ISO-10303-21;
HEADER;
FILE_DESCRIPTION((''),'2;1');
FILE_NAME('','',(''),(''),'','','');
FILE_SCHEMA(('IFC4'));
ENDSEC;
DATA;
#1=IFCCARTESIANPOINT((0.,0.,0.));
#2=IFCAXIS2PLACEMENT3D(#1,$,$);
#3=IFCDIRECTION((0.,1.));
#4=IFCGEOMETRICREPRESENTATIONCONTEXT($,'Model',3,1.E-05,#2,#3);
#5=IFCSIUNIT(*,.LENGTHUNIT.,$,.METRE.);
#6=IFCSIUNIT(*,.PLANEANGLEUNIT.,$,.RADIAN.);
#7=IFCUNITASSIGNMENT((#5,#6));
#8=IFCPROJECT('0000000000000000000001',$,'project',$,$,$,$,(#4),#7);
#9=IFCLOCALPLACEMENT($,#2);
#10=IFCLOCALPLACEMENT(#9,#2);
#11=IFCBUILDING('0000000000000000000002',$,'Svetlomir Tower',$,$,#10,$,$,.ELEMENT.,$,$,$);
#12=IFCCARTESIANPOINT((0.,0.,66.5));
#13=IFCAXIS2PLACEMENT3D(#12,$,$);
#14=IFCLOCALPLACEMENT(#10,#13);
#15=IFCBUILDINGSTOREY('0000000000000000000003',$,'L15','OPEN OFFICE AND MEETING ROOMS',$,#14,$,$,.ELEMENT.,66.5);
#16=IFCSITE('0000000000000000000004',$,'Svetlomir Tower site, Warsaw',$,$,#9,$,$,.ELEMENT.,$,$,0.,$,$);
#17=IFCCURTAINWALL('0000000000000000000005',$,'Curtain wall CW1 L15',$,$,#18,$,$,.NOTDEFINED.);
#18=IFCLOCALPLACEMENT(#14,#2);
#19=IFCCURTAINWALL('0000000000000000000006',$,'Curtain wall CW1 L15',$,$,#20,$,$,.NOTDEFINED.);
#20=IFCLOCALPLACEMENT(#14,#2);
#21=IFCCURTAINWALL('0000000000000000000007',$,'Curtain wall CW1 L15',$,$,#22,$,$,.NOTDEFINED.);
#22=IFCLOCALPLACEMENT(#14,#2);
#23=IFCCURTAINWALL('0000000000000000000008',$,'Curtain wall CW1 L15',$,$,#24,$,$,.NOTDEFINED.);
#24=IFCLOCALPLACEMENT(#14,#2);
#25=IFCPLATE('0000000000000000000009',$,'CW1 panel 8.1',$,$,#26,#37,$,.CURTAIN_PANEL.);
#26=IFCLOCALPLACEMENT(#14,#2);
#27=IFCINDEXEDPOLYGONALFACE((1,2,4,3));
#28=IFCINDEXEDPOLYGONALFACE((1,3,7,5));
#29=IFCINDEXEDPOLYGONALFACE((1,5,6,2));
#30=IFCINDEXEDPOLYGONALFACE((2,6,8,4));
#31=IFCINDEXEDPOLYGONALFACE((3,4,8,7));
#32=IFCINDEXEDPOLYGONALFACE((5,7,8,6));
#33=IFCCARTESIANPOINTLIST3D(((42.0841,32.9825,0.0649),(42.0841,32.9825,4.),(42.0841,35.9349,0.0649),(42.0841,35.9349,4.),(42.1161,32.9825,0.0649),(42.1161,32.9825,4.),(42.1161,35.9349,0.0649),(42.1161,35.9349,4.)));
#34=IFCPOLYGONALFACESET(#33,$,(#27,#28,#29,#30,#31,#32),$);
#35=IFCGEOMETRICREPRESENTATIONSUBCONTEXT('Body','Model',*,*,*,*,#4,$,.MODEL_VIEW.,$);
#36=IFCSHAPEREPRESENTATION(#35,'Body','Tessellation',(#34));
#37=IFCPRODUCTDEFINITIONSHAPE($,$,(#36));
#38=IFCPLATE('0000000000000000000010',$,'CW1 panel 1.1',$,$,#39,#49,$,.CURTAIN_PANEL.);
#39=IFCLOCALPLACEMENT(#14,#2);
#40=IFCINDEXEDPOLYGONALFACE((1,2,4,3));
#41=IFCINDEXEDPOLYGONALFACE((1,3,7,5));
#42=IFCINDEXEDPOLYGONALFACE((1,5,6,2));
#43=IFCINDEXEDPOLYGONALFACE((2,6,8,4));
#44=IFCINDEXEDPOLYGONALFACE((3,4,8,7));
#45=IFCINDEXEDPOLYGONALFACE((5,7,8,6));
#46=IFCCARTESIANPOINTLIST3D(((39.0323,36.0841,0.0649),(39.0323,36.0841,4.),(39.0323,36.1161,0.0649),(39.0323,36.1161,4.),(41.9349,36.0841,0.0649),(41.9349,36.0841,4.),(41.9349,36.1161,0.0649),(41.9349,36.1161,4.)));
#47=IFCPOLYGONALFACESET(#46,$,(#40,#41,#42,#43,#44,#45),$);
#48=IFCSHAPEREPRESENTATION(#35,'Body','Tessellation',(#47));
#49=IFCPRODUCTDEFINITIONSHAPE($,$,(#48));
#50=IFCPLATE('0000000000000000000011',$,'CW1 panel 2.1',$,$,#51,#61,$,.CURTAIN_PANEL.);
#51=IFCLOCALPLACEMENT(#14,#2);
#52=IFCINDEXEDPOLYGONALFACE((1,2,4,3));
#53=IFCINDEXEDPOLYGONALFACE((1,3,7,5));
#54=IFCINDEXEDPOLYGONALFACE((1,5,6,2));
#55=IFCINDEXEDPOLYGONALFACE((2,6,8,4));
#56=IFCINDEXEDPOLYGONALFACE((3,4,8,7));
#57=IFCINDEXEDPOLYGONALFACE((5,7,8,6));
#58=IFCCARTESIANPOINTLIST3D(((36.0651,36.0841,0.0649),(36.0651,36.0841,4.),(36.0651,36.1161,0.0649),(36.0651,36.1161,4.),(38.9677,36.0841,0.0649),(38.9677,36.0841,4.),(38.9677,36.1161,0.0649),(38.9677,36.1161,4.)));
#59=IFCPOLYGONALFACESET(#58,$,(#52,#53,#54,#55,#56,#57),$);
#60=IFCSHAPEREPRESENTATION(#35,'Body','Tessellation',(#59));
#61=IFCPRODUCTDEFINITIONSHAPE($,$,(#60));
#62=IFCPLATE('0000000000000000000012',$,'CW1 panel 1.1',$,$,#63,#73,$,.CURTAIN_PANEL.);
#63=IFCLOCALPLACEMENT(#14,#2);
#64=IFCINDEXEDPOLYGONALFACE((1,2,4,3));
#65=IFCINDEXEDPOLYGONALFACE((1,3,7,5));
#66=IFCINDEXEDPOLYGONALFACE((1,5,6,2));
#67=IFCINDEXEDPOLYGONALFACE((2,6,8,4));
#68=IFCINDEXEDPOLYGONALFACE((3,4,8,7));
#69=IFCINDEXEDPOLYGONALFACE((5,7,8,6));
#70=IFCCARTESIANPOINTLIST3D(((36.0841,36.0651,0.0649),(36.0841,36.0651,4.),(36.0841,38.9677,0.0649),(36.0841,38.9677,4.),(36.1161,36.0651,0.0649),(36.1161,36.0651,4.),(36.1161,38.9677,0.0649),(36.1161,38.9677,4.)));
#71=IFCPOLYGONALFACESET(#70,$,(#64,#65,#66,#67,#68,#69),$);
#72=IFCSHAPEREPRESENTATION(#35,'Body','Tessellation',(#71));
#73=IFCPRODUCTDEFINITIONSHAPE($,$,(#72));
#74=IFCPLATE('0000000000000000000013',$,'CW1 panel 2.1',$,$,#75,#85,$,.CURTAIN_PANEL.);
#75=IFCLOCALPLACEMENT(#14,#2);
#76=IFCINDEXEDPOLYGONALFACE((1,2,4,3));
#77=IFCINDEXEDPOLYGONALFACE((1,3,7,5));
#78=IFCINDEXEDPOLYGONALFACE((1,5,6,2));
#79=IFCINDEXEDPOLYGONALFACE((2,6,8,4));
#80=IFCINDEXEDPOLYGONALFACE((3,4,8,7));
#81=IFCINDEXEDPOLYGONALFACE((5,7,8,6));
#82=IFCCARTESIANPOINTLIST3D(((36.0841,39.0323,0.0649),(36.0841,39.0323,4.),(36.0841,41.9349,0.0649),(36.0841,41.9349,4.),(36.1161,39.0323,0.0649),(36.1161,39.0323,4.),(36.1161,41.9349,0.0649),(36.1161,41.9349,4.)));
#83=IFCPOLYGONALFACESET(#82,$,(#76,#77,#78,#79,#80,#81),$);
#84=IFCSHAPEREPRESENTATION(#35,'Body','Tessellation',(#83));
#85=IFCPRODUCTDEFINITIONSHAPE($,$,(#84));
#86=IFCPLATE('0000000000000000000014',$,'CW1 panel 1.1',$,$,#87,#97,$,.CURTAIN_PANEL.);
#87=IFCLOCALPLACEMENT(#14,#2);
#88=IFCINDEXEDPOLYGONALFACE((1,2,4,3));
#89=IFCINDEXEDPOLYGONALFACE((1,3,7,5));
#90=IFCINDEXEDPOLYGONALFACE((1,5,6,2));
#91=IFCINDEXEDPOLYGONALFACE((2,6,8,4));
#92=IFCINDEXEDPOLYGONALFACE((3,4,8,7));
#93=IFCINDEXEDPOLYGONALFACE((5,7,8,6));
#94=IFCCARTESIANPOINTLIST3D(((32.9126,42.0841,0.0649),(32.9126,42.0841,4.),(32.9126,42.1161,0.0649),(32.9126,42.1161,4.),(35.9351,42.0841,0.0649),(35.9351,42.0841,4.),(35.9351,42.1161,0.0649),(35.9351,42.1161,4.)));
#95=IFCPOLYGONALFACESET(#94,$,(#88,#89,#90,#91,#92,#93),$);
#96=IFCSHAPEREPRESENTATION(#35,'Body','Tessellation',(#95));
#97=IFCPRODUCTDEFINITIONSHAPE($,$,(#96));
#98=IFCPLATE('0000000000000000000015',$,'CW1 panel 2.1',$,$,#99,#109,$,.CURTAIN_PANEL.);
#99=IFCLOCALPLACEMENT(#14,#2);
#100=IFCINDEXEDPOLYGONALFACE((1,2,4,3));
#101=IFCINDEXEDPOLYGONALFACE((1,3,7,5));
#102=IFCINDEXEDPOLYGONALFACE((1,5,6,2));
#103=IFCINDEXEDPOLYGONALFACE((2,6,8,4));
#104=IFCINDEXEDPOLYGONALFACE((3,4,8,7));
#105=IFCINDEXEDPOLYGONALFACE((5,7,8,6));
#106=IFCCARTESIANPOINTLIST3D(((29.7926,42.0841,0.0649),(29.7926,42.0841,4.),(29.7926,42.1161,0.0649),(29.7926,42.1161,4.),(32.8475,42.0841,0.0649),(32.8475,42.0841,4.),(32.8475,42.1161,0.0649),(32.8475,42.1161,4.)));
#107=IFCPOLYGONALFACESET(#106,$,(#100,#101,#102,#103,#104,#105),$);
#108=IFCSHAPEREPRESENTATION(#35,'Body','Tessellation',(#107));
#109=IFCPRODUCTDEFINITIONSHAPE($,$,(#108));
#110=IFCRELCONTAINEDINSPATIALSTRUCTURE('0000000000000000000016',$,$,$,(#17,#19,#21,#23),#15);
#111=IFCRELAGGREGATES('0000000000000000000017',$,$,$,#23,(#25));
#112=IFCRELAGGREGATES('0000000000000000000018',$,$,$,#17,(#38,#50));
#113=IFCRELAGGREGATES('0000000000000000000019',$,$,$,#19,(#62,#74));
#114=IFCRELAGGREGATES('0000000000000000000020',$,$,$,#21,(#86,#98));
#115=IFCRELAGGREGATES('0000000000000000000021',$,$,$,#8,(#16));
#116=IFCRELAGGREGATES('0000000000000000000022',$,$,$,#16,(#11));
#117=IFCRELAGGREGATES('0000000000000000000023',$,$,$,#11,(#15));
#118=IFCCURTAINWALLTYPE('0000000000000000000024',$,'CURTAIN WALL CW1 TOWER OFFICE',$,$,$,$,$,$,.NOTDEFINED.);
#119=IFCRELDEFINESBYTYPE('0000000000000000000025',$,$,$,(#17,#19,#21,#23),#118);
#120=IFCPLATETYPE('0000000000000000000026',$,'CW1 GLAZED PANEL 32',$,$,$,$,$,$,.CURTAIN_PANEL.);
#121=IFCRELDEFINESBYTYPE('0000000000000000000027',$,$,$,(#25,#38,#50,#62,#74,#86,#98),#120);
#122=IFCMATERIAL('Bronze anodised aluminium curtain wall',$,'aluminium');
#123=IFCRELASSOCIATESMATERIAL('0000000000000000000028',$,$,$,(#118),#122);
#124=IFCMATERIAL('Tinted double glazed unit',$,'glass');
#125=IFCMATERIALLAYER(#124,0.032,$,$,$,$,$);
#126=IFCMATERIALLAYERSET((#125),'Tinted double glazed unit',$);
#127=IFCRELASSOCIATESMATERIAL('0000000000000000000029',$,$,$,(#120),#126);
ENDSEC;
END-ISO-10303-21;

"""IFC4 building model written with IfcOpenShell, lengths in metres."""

from ifc_helpers import new_model, si_unit, direction, frame, origin, origin_2d, place, context, subcontext, project, spatial, rectangle, extrude, material, layer, layer_set, type_object, element, aggregate, save


model = new_model("IFC4")

# Units and contexts
model_context = context("Model", 3, precision=1e-05, world=origin(), true_north=direction((0.0, 1.0)))
body_context = subcontext(model_context, "Body", "Model", "MODEL_VIEW")
ifc_project = project(units=[si_unit("LENGTHUNIT", "METRE"), si_unit("PLANEANGLEUNIT", "RADIAN")], contexts=[model_context])

# Site, building, storey
site_placement = place(None, origin())
site = spatial("IfcSite", under=ifc_project, at=site_placement, Name="Svetlomir Tower site, Warsaw", CompositionType="ELEMENT", RefElevation=0.0)
building_placement = place(site_placement, origin())
building = spatial("IfcBuilding", under=site, at=building_placement, Name="Svetlomir Tower", CompositionType="ELEMENT")
storey_placement = place(building_placement, frame((0.0, 0.0, 66.5)))
storey = spatial("IfcBuildingStorey", under=building, at=storey_placement, Name="L15", Description="OPEN OFFICE AND MEETING ROOMS", CompositionType="ELEMENT", Elevation=66.5)

# Curtain walls
ifc_material_1 = material(Name="Bronze anodised aluminium curtain wall", Category="aluminium")
curtain_wall_type = type_object("IfcCurtainWallType", Name="CURTAIN WALL CW1 TOWER OFFICE", PredefinedType="NOTDEFINED", material=ifc_material_1)
curtain_wall_1_placement = place(storey_placement, origin())
curtain_wall_1 = element("IfcCurtainWall", 1, at=curtain_wall_1_placement, inside=storey, type_object=curtain_wall_type, Name="Curtain wall CW1 L15", PredefinedType="NOTDEFINED")
curtain_wall_2_placement = place(storey_placement, origin())
curtain_wall_2 = element("IfcCurtainWall", 2, at=curtain_wall_2_placement, inside=storey, type_object=curtain_wall_type, Name="Curtain wall CW1 L15", PredefinedType="NOTDEFINED")
curtain_wall_3_placement = place(storey_placement, origin())
curtain_wall_3 = element("IfcCurtainWall", 3, at=curtain_wall_3_placement, inside=storey, type_object=curtain_wall_type, Name="Curtain wall CW1 L15", PredefinedType="NOTDEFINED")
curtain_wall_4_placement = place(storey_placement, origin())
curtain_wall_4 = element("IfcCurtainWall", 4, at=curtain_wall_4_placement, inside=storey, type_object=curtain_wall_type, Name="Curtain wall CW1 L15", PredefinedType="NOTDEFINED")

# Plates
ifc_material_2 = material(Name="Tinted double glazed unit", Category="glass")
ifc_layer = layer(ifc_material_2, 0.032)
ifc_layer_set = layer_set([ifc_layer], Name="Tinted double glazed unit")
plate_type = type_object("IfcPlateType", Name="CW1 GLAZED PANEL 32", PredefinedType="CURTAIN_PANEL", material=ifc_layer_set)
plate_1_placement = place(storey_placement, frame((42.1001, 34.4587, 0.0649), z_axis=(0.0, 0.0, 1.0), x_axis=(0.0, 1.0, 0.0)))
plate_1 = element("IfcPlate", 5, at=plate_1_placement, type_object=plate_type, Name="CW1 panel 8.1", PredefinedType="CURTAIN_PANEL", context=body_context, shape_type="SweptSolid", body=[
    extrude(rectangle(XDim=2.9524, YDim=0.032, at=origin_2d()), origin(), (0.0, 0.0, 1.0), 3.9351),
])
aggregate(curtain_wall_4, [plate_1])
plate_2_placement = place(storey_placement, frame((40.4836, 36.1001, 0.0649), z_axis=(0.0, 0.0, 1.0), x_axis=(-1.0, 0.0, 0.0)))
plate_2 = element("IfcPlate", 6, at=plate_2_placement, type_object=plate_type, Name="CW1 panel 1.1", PredefinedType="CURTAIN_PANEL", context=body_context, shape_type="SweptSolid", body=[
    extrude(rectangle(XDim=2.9026, YDim=0.032, at=origin_2d()), origin(), (0.0, 0.0, 1.0), 3.9351),
])
plate_3_placement = place(storey_placement, frame((37.5164, 36.1001, 0.0649), z_axis=(0.0, 0.0, 1.0), x_axis=(-1.0, 0.0, 0.0)))
plate_3 = element("IfcPlate", 7, at=plate_3_placement, type_object=plate_type, Name="CW1 panel 2.1", PredefinedType="CURTAIN_PANEL", context=body_context, shape_type="SweptSolid", body=[
    extrude(rectangle(XDim=2.9026, YDim=0.032, at=origin_2d()), origin(), (0.0, 0.0, 1.0), 3.9351),
])
aggregate(curtain_wall_1, [plate_2, plate_3])
plate_4_placement = place(storey_placement, frame((36.1001, 37.5164, 0.0649), z_axis=(0.0, 0.0, 1.0), x_axis=(0.0, 1.0, 0.0)))
plate_4 = element("IfcPlate", 8, at=plate_4_placement, type_object=plate_type, Name="CW1 panel 1.1", PredefinedType="CURTAIN_PANEL", context=body_context, shape_type="SweptSolid", body=[
    extrude(rectangle(XDim=2.9026, YDim=0.032, at=origin_2d()), origin(), (0.0, 0.0, 1.0), 3.9351),
])
plate_5_placement = place(storey_placement, frame((36.1001, 40.4836, 0.0649), z_axis=(0.0, 0.0, 1.0), x_axis=(0.0, 1.0, 0.0)))
plate_5 = element("IfcPlate", 9, at=plate_5_placement, type_object=plate_type, Name="CW1 panel 2.1", PredefinedType="CURTAIN_PANEL", context=body_context, shape_type="SweptSolid", body=[
    extrude(rectangle(XDim=2.9026, YDim=0.032, at=origin_2d()), origin(), (0.0, 0.0, 1.0), 3.9351),
])
aggregate(curtain_wall_2, [plate_4, plate_5])
plate_6_placement = place(storey_placement, frame((34.4238, 42.1001, 0.0649), z_axis=(0.0, 0.0, 1.0), x_axis=(-1.0, 0.0, 0.0)))
plate_6 = element("IfcPlate", 10, at=plate_6_placement, type_object=plate_type, Name="CW1 panel 1.1", PredefinedType="CURTAIN_PANEL", context=body_context, shape_type="SweptSolid", body=[
    extrude(rectangle(XDim=3.0225, YDim=0.032, at=origin_2d()), origin(), (0.0, 0.0, 1.0), 3.9351),
])
plate_7_placement = place(storey_placement, frame((31.3201, 42.1001, 0.0649), z_axis=(0.0, 0.0, 1.0), x_axis=(-1.0, 0.0, 0.0)))
plate_7 = element("IfcPlate", 11, at=plate_7_placement, type_object=plate_type, Name="CW1 panel 2.1", PredefinedType="CURTAIN_PANEL", context=body_context, shape_type="SweptSolid", body=[
    extrude(rectangle(XDim=3.0549, YDim=0.032, at=origin_2d()), origin(), (0.0, 0.0, 1.0), 3.9351),
])
aggregate(curtain_wall_3, [plate_6, plate_7])

save(model, "model.ifc")
